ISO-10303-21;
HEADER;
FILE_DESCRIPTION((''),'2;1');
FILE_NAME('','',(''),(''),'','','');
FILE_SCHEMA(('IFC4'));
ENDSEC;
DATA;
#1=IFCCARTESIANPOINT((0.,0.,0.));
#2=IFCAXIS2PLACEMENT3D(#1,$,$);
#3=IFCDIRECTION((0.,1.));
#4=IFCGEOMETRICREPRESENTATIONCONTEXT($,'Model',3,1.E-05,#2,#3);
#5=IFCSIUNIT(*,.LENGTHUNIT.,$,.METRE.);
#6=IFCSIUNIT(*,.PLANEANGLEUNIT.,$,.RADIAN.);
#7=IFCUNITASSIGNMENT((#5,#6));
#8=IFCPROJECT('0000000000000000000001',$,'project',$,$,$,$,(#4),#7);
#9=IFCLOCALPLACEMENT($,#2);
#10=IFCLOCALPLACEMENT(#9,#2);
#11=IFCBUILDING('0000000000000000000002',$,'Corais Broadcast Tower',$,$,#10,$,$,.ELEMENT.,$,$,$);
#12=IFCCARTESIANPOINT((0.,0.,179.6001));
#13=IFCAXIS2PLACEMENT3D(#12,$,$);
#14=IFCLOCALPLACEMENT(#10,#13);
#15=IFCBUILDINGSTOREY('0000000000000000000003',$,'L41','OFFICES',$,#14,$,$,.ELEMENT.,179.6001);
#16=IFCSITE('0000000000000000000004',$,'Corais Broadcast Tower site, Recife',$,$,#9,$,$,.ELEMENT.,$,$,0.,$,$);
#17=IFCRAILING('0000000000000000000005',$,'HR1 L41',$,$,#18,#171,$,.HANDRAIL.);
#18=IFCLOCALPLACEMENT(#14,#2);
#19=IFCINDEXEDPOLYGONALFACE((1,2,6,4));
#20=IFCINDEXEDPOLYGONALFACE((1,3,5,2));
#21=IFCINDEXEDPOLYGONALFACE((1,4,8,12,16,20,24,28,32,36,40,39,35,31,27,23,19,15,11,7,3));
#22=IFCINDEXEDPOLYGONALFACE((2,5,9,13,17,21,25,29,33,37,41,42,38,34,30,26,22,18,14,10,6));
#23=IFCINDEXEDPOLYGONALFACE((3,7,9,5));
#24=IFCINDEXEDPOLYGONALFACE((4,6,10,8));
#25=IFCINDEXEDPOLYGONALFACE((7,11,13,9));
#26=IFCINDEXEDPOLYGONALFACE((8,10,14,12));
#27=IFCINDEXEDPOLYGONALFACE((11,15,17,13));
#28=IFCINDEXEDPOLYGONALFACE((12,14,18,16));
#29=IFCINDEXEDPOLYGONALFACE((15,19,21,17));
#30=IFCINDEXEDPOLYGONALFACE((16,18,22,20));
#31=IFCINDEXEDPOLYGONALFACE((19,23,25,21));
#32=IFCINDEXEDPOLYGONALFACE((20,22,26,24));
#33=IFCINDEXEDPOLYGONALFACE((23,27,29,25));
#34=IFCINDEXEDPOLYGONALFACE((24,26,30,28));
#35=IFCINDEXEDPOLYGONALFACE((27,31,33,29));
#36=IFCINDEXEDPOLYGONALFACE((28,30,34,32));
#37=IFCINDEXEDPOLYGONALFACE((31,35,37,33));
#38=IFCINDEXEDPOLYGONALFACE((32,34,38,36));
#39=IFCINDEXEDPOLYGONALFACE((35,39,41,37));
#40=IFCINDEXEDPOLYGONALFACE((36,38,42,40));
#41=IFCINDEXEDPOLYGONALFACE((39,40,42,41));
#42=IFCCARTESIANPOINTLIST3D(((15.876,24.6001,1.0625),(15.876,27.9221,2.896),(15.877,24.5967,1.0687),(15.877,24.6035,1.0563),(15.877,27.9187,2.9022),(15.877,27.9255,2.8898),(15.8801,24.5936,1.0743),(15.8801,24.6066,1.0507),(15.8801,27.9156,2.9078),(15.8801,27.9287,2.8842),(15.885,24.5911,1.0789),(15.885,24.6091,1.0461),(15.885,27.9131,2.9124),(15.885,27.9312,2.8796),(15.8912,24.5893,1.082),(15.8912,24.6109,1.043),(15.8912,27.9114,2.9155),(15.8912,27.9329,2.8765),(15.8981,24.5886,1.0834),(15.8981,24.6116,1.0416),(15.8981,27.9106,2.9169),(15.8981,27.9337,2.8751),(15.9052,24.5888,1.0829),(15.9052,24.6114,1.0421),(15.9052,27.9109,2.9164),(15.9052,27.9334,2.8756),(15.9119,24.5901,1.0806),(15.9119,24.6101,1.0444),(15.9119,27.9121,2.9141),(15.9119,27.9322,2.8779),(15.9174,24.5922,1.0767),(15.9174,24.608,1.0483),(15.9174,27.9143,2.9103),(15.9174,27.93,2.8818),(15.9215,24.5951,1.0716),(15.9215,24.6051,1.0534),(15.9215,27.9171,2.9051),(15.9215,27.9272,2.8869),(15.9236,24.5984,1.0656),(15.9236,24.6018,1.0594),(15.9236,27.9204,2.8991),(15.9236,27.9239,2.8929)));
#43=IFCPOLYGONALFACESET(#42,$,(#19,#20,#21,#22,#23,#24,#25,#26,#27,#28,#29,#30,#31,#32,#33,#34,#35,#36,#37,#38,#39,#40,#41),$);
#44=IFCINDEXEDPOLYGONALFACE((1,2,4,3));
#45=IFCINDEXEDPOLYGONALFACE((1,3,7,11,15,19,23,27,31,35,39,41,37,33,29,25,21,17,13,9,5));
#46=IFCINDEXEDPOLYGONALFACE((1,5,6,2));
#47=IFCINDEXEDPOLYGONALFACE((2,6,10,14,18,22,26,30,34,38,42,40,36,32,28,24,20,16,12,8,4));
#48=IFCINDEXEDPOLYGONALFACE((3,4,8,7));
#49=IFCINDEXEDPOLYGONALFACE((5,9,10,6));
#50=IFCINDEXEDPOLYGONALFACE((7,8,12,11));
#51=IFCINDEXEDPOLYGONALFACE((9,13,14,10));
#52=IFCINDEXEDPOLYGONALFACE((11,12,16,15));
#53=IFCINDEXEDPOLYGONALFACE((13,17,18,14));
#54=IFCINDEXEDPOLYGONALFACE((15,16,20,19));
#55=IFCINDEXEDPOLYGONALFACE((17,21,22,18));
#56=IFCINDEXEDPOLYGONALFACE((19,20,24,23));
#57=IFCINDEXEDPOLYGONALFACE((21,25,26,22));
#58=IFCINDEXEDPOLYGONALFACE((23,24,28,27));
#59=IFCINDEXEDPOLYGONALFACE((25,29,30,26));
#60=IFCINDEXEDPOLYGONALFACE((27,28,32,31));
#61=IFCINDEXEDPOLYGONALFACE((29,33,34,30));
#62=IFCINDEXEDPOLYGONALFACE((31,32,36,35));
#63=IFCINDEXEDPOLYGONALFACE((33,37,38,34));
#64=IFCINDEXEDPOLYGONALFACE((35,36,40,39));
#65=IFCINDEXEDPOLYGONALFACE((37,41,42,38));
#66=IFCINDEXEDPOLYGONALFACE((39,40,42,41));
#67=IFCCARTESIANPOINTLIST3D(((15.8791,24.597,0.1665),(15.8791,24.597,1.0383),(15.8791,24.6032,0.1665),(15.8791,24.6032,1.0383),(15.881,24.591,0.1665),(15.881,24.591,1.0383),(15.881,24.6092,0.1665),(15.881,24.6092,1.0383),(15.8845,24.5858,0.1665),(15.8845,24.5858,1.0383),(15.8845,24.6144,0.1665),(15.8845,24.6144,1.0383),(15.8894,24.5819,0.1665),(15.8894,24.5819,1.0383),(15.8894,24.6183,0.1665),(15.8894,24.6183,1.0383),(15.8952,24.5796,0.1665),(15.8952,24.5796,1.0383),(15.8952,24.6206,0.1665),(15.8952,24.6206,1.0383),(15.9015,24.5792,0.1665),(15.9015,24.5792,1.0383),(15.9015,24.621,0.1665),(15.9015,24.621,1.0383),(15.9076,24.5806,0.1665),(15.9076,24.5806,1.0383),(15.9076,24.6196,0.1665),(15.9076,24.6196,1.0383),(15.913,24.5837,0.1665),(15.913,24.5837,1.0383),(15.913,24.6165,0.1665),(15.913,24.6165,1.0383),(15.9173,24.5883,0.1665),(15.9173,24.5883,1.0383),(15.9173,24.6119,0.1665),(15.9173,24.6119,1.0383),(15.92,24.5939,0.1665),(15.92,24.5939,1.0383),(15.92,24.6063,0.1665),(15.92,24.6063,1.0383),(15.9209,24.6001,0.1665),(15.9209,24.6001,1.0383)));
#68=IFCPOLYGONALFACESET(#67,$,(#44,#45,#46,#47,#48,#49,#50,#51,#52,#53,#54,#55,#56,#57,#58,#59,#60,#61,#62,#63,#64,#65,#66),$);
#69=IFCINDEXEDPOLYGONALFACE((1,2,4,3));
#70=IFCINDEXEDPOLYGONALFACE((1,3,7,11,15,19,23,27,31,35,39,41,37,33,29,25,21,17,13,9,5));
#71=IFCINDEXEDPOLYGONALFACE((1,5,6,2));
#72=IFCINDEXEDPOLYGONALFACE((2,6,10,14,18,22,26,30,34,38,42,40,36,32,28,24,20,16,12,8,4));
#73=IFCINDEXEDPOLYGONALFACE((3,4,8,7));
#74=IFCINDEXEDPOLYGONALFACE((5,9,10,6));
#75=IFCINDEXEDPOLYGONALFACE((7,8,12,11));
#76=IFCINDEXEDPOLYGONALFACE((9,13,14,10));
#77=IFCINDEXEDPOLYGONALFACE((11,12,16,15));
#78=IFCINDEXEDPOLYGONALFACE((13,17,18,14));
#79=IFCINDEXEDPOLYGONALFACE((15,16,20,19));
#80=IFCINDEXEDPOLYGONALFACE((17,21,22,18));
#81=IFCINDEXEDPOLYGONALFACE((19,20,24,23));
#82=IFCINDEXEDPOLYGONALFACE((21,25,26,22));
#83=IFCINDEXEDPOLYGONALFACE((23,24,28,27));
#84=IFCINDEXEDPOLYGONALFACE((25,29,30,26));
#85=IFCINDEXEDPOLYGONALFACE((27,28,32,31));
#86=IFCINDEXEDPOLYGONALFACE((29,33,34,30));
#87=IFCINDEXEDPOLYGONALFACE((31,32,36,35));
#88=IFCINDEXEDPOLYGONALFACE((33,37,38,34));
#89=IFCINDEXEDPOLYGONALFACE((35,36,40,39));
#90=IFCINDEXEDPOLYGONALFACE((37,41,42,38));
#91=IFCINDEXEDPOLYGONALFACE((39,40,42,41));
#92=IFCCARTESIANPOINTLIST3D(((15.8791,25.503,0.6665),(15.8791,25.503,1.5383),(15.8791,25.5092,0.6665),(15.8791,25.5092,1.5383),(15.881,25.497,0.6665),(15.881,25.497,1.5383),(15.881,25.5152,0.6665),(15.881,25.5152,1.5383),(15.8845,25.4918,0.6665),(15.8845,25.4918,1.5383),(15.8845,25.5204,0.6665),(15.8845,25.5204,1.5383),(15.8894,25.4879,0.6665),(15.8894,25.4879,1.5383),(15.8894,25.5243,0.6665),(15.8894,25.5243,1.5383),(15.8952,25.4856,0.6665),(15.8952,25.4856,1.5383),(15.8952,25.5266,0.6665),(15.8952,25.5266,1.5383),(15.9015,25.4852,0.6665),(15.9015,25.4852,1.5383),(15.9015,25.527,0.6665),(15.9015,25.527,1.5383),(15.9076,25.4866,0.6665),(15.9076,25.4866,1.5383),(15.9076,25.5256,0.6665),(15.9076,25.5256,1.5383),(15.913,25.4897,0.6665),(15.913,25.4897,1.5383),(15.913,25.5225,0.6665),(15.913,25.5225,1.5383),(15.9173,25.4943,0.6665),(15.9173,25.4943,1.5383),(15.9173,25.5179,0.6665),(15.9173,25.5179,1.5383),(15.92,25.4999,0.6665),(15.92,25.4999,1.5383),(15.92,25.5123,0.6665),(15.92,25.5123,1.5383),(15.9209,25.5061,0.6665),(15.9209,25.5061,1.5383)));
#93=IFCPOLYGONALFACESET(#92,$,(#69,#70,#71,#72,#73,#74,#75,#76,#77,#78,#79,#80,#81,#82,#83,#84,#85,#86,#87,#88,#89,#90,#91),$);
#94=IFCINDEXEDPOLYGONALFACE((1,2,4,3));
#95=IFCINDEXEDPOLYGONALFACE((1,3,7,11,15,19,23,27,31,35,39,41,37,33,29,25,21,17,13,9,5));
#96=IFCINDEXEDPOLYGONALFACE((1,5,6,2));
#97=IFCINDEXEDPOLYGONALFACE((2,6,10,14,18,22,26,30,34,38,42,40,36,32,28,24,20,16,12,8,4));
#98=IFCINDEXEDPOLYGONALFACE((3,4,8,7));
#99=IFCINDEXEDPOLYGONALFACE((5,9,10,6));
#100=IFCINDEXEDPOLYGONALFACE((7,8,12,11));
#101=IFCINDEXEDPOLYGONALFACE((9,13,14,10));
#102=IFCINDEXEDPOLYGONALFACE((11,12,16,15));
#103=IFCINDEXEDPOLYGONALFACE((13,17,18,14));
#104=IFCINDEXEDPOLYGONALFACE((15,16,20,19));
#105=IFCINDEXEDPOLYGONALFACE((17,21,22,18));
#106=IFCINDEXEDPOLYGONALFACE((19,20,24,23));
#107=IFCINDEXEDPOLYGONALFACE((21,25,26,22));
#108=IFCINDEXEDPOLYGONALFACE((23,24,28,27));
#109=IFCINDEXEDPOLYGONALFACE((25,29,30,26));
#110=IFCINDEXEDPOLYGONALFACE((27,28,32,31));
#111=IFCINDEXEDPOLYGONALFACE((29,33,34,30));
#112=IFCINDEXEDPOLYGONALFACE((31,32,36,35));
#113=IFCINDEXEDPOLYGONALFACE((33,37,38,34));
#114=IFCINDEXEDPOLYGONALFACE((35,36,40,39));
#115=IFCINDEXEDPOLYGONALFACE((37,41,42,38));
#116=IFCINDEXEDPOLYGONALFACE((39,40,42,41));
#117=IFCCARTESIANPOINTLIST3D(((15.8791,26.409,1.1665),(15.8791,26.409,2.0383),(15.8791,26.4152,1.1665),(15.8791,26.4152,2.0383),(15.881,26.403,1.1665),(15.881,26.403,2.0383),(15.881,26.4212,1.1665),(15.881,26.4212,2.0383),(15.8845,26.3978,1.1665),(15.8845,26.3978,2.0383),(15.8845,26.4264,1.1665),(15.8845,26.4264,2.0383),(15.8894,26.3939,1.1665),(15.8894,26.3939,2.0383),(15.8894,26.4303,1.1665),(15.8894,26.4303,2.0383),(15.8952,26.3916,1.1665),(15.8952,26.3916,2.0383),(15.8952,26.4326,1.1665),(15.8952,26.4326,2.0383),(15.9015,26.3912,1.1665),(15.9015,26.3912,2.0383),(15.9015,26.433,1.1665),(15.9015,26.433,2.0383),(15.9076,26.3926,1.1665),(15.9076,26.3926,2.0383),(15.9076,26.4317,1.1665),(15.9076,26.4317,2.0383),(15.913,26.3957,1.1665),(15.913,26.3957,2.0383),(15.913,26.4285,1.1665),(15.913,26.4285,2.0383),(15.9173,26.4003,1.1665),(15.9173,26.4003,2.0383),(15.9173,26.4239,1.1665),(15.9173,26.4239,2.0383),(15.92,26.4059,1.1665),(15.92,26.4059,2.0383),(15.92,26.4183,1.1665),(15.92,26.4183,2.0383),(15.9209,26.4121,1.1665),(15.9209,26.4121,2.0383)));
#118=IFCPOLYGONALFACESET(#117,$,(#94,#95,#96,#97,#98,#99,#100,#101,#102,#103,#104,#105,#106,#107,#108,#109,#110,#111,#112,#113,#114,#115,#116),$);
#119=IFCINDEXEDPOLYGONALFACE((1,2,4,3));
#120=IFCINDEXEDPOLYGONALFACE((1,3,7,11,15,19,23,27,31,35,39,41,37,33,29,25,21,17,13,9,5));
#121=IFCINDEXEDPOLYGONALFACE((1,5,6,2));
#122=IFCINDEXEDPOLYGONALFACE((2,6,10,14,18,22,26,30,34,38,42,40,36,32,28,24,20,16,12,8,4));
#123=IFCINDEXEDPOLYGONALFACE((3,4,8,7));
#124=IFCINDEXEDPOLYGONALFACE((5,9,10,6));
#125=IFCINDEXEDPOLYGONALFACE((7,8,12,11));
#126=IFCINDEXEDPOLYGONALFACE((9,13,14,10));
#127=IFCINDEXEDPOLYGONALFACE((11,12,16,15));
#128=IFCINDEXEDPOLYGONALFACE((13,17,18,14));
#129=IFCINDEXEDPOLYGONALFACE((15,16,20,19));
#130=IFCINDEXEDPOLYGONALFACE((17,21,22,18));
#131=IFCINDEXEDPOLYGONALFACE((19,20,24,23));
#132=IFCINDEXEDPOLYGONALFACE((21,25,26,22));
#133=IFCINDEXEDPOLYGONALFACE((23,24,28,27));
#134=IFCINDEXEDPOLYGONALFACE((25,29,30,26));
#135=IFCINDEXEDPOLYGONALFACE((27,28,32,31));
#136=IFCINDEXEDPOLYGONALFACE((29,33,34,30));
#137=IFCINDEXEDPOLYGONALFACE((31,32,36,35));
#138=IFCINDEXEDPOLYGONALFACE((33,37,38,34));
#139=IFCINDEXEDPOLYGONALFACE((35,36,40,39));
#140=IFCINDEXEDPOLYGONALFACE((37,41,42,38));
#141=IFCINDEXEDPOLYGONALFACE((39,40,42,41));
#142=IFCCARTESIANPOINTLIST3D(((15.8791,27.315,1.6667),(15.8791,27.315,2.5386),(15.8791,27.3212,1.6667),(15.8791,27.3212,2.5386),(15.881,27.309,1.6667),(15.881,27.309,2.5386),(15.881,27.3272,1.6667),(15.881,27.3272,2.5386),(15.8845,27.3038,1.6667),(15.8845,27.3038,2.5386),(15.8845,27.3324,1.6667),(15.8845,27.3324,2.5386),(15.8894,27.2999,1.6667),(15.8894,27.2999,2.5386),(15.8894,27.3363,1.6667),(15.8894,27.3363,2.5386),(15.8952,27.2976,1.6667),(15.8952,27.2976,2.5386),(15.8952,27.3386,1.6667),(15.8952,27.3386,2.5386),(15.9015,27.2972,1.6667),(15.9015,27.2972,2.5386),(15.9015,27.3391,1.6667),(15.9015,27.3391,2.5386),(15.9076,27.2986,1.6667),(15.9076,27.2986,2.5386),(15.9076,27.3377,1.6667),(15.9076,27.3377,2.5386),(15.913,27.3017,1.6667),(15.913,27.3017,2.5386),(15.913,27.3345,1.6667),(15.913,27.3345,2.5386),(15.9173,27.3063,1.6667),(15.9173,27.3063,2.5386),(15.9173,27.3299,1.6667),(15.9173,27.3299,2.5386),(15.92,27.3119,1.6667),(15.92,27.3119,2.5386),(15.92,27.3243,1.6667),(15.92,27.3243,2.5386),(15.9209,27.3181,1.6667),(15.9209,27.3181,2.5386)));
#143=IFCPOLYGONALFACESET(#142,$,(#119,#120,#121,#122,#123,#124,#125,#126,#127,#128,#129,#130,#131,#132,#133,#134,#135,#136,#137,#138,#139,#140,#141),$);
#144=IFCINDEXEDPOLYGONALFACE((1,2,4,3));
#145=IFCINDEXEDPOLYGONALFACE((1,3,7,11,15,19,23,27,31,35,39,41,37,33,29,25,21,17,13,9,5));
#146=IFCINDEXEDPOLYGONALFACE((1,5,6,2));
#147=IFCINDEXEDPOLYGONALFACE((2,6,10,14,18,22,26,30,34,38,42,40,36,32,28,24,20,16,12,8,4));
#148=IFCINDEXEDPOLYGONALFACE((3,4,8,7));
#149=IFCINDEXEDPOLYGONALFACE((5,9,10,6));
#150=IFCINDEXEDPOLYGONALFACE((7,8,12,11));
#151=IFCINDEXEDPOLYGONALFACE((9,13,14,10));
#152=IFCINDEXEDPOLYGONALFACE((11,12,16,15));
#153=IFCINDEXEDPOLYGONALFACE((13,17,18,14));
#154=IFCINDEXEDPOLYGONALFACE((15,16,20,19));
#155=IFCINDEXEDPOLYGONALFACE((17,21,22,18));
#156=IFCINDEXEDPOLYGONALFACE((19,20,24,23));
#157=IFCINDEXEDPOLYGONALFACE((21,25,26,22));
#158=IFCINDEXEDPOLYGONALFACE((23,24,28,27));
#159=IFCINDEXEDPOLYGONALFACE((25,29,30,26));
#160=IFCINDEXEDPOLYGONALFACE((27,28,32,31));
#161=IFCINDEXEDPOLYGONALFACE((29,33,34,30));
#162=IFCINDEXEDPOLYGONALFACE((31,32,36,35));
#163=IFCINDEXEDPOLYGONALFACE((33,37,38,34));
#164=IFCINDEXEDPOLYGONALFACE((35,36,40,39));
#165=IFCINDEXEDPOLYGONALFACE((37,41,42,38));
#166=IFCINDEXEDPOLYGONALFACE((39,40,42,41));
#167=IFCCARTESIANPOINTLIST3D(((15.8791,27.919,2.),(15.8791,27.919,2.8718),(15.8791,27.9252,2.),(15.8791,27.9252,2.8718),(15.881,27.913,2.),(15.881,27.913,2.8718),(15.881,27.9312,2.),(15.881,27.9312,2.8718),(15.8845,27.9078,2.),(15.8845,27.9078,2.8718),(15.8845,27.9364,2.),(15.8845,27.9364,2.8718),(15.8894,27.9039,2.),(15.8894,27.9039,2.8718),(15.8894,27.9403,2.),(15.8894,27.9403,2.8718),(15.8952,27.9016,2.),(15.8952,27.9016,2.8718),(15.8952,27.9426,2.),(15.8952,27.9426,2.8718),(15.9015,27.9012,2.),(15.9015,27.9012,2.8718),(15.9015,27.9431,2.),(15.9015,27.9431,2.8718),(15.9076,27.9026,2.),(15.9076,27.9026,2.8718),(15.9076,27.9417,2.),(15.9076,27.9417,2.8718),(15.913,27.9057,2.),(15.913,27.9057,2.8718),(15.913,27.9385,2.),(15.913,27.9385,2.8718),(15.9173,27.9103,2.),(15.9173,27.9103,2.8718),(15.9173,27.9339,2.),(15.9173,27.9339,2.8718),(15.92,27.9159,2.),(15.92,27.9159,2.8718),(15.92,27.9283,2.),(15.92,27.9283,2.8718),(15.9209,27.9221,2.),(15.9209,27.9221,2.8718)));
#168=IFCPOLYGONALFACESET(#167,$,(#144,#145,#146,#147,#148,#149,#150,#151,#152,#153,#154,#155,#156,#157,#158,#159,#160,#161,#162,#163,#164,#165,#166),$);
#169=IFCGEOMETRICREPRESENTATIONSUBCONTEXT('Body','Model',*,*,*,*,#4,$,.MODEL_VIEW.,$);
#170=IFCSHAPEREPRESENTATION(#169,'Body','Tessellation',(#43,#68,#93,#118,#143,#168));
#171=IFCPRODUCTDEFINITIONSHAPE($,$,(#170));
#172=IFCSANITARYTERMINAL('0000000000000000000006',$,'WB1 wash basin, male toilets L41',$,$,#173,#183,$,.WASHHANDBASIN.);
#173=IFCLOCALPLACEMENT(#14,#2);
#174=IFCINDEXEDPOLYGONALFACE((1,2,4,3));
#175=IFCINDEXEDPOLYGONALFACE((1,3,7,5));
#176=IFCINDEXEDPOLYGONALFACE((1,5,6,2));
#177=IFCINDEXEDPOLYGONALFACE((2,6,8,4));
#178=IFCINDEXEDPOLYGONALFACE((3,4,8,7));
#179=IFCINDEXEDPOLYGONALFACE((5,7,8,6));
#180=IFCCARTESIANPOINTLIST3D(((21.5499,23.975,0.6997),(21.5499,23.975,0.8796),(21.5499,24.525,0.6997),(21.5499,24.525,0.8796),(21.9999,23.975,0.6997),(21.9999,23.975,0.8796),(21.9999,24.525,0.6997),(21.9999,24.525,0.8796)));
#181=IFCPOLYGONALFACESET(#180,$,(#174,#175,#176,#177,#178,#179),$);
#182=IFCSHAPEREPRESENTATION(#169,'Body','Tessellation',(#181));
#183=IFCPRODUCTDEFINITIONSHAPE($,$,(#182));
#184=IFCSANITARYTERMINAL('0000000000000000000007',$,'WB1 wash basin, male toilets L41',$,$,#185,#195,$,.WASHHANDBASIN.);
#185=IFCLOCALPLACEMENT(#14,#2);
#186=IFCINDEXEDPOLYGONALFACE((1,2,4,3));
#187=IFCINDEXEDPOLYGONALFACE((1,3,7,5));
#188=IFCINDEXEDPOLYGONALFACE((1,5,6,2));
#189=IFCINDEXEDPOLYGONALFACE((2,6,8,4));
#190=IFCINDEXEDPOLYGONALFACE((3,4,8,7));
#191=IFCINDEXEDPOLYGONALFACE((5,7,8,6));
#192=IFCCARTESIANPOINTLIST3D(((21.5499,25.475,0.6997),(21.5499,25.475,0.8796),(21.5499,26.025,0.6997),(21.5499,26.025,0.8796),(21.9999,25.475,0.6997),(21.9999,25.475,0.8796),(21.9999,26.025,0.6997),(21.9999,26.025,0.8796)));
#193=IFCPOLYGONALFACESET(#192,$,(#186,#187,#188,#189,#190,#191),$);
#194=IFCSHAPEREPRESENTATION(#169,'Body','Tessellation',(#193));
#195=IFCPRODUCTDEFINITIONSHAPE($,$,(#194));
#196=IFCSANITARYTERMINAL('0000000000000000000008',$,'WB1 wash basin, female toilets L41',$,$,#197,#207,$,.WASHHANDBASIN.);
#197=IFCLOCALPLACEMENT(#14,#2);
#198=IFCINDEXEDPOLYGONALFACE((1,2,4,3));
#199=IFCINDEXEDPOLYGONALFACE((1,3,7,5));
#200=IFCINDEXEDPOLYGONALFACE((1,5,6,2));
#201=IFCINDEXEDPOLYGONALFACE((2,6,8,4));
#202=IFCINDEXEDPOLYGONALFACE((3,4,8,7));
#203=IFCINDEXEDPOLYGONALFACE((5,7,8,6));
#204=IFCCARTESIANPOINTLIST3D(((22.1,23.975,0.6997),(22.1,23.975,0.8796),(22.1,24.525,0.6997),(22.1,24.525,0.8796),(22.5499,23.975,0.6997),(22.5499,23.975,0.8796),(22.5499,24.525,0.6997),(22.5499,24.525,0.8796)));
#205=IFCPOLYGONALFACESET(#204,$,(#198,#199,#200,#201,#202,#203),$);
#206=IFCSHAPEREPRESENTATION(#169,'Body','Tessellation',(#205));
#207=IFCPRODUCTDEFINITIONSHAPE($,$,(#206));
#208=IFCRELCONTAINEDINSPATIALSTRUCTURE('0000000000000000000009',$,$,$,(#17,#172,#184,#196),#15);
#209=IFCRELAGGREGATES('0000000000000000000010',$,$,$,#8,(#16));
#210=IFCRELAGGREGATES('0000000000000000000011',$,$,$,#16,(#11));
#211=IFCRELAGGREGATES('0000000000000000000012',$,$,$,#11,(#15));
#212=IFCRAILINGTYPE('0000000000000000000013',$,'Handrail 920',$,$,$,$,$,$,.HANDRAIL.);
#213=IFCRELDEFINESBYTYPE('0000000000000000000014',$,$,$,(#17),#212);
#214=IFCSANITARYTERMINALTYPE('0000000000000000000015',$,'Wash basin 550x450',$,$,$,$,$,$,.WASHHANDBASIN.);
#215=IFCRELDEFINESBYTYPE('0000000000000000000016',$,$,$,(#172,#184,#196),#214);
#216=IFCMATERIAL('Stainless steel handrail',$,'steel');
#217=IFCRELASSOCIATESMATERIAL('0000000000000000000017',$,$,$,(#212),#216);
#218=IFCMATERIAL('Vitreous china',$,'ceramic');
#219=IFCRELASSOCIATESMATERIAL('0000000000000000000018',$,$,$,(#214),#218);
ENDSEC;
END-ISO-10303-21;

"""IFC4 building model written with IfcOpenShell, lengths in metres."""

from ifc_helpers import new_model, si_unit, direction, frame, origin, origin_2d, place, context, subcontext, project, spatial, rectangle, circle, extrude, material, type_object, element, save


model = new_model("IFC4")

# Units and contexts
model_context = context("Model", 3, precision=1e-05, world=origin(), true_north=direction((0.0, 1.0)))
body_context = subcontext(model_context, "Body", "Model", "MODEL_VIEW")
ifc_project = project(units=[si_unit("LENGTHUNIT", "METRE"), si_unit("PLANEANGLEUNIT", "RADIAN")], contexts=[model_context])

# Site, building, storey
site_placement = place(None, origin())
site = spatial("IfcSite", under=ifc_project, at=site_placement, Name="Corais Broadcast Tower site, Recife", CompositionType="ELEMENT", RefElevation=0.0)
building_placement = place(site_placement, origin())
building = spatial("IfcBuilding", under=site, at=building_placement, Name="Corais Broadcast Tower", CompositionType="ELEMENT")
storey_placement = place(building_placement, frame((0.0, 0.0, 179.6001)))
storey = spatial("IfcBuildingStorey", under=building, at=storey_placement, Name="L41", Description="OFFICES", CompositionType="ELEMENT", Elevation=179.6001)

# Railing
ifc_material_1 = material(Name="Stainless steel handrail", Category="steel")
railing_type = type_object("IfcRailingType", Name="Handrail 920", PredefinedType="HANDRAIL", material=ifc_material_1)
for number, where, name in (
    (1, (15.8999, 24.6001, 0.1665), "HR1 L41"),
):
    element("IfcRailing", number, at=place(storey_placement, frame(where)), inside=storey, type_object=railing_type, Name=name, PredefinedType="HANDRAIL", context=body_context, shape_type="SweptSolid", body=[
        extrude(circle(Radius=0.0239, at=origin_2d()), frame((0.0, 0.0, 0.896), z_axis=(0.0, 0.875504, 0.48321), x_axis=(-1.0, 0.0, 0.0)), (0.0, 0.0, 1.0), 3.7944),
        extrude(circle(Radius=0.021, at=origin_2d()), origin(), (0.0, 0.0, 1.0), 0.8718),
        extrude(circle(Radius=0.021, at=origin_2d()), frame((0.0, 0.906, 0.5)), (0.0, 0.0, 1.0), 0.8718),
        extrude(circle(Radius=0.021, at=origin_2d()), frame((0.0, 1.812, 1.0)), (0.0, 0.0, 1.0), 0.8718),
        extrude(circle(Radius=0.021, at=origin_2d()), frame((0.0, 2.718, 1.5002)), (0.0, 0.0, 1.0), 0.8718),
        extrude(circle(Radius=0.021, at=origin_2d()), frame((0.0, 3.322, 1.8335)), (0.0, 0.0, 1.0), 0.8718),
    ])

# Sanitary terminals
ifc_material_2 = material(Name="Vitreous china", Category="ceramic")
sanitary_terminal_type = type_object("IfcSanitaryTerminalType", Name="Wash basin 550x450", PredefinedType="WASHHANDBASIN", material=ifc_material_2)
for number, where, z_axis, x_axis, name in (
    (2, (21.7749, 24.25, 0.6997), (0.0, 0.0, 1.0), (1.0, 0.0, 0.0), "WB1 wash basin, male toilets L41"),
    (3, (21.7749, 25.75, 0.6997), (0.0, 0.0, 1.0), (1.0, 0.0, 0.0), "WB1 wash basin, male toilets L41"),
    (4, (22.325, 24.25, 0.6997), (0.0, 0.0, 1.0), (1.0, 0.0, 0.0), "WB1 wash basin, female toilets L41"),
):
    element("IfcSanitaryTerminal", number, at=place(storey_placement, frame(where, z_axis=z_axis, x_axis=x_axis)), inside=storey, type_object=sanitary_terminal_type, Name=name, PredefinedType="WASHHANDBASIN", context=body_context, shape_type="SweptSolid", body=[
        extrude(rectangle(XDim=0.45, YDim=0.55, at=origin_2d()), origin(), (0.0, 0.0, 1.0), 0.1799),
    ])

save(model, "model.ifc")
